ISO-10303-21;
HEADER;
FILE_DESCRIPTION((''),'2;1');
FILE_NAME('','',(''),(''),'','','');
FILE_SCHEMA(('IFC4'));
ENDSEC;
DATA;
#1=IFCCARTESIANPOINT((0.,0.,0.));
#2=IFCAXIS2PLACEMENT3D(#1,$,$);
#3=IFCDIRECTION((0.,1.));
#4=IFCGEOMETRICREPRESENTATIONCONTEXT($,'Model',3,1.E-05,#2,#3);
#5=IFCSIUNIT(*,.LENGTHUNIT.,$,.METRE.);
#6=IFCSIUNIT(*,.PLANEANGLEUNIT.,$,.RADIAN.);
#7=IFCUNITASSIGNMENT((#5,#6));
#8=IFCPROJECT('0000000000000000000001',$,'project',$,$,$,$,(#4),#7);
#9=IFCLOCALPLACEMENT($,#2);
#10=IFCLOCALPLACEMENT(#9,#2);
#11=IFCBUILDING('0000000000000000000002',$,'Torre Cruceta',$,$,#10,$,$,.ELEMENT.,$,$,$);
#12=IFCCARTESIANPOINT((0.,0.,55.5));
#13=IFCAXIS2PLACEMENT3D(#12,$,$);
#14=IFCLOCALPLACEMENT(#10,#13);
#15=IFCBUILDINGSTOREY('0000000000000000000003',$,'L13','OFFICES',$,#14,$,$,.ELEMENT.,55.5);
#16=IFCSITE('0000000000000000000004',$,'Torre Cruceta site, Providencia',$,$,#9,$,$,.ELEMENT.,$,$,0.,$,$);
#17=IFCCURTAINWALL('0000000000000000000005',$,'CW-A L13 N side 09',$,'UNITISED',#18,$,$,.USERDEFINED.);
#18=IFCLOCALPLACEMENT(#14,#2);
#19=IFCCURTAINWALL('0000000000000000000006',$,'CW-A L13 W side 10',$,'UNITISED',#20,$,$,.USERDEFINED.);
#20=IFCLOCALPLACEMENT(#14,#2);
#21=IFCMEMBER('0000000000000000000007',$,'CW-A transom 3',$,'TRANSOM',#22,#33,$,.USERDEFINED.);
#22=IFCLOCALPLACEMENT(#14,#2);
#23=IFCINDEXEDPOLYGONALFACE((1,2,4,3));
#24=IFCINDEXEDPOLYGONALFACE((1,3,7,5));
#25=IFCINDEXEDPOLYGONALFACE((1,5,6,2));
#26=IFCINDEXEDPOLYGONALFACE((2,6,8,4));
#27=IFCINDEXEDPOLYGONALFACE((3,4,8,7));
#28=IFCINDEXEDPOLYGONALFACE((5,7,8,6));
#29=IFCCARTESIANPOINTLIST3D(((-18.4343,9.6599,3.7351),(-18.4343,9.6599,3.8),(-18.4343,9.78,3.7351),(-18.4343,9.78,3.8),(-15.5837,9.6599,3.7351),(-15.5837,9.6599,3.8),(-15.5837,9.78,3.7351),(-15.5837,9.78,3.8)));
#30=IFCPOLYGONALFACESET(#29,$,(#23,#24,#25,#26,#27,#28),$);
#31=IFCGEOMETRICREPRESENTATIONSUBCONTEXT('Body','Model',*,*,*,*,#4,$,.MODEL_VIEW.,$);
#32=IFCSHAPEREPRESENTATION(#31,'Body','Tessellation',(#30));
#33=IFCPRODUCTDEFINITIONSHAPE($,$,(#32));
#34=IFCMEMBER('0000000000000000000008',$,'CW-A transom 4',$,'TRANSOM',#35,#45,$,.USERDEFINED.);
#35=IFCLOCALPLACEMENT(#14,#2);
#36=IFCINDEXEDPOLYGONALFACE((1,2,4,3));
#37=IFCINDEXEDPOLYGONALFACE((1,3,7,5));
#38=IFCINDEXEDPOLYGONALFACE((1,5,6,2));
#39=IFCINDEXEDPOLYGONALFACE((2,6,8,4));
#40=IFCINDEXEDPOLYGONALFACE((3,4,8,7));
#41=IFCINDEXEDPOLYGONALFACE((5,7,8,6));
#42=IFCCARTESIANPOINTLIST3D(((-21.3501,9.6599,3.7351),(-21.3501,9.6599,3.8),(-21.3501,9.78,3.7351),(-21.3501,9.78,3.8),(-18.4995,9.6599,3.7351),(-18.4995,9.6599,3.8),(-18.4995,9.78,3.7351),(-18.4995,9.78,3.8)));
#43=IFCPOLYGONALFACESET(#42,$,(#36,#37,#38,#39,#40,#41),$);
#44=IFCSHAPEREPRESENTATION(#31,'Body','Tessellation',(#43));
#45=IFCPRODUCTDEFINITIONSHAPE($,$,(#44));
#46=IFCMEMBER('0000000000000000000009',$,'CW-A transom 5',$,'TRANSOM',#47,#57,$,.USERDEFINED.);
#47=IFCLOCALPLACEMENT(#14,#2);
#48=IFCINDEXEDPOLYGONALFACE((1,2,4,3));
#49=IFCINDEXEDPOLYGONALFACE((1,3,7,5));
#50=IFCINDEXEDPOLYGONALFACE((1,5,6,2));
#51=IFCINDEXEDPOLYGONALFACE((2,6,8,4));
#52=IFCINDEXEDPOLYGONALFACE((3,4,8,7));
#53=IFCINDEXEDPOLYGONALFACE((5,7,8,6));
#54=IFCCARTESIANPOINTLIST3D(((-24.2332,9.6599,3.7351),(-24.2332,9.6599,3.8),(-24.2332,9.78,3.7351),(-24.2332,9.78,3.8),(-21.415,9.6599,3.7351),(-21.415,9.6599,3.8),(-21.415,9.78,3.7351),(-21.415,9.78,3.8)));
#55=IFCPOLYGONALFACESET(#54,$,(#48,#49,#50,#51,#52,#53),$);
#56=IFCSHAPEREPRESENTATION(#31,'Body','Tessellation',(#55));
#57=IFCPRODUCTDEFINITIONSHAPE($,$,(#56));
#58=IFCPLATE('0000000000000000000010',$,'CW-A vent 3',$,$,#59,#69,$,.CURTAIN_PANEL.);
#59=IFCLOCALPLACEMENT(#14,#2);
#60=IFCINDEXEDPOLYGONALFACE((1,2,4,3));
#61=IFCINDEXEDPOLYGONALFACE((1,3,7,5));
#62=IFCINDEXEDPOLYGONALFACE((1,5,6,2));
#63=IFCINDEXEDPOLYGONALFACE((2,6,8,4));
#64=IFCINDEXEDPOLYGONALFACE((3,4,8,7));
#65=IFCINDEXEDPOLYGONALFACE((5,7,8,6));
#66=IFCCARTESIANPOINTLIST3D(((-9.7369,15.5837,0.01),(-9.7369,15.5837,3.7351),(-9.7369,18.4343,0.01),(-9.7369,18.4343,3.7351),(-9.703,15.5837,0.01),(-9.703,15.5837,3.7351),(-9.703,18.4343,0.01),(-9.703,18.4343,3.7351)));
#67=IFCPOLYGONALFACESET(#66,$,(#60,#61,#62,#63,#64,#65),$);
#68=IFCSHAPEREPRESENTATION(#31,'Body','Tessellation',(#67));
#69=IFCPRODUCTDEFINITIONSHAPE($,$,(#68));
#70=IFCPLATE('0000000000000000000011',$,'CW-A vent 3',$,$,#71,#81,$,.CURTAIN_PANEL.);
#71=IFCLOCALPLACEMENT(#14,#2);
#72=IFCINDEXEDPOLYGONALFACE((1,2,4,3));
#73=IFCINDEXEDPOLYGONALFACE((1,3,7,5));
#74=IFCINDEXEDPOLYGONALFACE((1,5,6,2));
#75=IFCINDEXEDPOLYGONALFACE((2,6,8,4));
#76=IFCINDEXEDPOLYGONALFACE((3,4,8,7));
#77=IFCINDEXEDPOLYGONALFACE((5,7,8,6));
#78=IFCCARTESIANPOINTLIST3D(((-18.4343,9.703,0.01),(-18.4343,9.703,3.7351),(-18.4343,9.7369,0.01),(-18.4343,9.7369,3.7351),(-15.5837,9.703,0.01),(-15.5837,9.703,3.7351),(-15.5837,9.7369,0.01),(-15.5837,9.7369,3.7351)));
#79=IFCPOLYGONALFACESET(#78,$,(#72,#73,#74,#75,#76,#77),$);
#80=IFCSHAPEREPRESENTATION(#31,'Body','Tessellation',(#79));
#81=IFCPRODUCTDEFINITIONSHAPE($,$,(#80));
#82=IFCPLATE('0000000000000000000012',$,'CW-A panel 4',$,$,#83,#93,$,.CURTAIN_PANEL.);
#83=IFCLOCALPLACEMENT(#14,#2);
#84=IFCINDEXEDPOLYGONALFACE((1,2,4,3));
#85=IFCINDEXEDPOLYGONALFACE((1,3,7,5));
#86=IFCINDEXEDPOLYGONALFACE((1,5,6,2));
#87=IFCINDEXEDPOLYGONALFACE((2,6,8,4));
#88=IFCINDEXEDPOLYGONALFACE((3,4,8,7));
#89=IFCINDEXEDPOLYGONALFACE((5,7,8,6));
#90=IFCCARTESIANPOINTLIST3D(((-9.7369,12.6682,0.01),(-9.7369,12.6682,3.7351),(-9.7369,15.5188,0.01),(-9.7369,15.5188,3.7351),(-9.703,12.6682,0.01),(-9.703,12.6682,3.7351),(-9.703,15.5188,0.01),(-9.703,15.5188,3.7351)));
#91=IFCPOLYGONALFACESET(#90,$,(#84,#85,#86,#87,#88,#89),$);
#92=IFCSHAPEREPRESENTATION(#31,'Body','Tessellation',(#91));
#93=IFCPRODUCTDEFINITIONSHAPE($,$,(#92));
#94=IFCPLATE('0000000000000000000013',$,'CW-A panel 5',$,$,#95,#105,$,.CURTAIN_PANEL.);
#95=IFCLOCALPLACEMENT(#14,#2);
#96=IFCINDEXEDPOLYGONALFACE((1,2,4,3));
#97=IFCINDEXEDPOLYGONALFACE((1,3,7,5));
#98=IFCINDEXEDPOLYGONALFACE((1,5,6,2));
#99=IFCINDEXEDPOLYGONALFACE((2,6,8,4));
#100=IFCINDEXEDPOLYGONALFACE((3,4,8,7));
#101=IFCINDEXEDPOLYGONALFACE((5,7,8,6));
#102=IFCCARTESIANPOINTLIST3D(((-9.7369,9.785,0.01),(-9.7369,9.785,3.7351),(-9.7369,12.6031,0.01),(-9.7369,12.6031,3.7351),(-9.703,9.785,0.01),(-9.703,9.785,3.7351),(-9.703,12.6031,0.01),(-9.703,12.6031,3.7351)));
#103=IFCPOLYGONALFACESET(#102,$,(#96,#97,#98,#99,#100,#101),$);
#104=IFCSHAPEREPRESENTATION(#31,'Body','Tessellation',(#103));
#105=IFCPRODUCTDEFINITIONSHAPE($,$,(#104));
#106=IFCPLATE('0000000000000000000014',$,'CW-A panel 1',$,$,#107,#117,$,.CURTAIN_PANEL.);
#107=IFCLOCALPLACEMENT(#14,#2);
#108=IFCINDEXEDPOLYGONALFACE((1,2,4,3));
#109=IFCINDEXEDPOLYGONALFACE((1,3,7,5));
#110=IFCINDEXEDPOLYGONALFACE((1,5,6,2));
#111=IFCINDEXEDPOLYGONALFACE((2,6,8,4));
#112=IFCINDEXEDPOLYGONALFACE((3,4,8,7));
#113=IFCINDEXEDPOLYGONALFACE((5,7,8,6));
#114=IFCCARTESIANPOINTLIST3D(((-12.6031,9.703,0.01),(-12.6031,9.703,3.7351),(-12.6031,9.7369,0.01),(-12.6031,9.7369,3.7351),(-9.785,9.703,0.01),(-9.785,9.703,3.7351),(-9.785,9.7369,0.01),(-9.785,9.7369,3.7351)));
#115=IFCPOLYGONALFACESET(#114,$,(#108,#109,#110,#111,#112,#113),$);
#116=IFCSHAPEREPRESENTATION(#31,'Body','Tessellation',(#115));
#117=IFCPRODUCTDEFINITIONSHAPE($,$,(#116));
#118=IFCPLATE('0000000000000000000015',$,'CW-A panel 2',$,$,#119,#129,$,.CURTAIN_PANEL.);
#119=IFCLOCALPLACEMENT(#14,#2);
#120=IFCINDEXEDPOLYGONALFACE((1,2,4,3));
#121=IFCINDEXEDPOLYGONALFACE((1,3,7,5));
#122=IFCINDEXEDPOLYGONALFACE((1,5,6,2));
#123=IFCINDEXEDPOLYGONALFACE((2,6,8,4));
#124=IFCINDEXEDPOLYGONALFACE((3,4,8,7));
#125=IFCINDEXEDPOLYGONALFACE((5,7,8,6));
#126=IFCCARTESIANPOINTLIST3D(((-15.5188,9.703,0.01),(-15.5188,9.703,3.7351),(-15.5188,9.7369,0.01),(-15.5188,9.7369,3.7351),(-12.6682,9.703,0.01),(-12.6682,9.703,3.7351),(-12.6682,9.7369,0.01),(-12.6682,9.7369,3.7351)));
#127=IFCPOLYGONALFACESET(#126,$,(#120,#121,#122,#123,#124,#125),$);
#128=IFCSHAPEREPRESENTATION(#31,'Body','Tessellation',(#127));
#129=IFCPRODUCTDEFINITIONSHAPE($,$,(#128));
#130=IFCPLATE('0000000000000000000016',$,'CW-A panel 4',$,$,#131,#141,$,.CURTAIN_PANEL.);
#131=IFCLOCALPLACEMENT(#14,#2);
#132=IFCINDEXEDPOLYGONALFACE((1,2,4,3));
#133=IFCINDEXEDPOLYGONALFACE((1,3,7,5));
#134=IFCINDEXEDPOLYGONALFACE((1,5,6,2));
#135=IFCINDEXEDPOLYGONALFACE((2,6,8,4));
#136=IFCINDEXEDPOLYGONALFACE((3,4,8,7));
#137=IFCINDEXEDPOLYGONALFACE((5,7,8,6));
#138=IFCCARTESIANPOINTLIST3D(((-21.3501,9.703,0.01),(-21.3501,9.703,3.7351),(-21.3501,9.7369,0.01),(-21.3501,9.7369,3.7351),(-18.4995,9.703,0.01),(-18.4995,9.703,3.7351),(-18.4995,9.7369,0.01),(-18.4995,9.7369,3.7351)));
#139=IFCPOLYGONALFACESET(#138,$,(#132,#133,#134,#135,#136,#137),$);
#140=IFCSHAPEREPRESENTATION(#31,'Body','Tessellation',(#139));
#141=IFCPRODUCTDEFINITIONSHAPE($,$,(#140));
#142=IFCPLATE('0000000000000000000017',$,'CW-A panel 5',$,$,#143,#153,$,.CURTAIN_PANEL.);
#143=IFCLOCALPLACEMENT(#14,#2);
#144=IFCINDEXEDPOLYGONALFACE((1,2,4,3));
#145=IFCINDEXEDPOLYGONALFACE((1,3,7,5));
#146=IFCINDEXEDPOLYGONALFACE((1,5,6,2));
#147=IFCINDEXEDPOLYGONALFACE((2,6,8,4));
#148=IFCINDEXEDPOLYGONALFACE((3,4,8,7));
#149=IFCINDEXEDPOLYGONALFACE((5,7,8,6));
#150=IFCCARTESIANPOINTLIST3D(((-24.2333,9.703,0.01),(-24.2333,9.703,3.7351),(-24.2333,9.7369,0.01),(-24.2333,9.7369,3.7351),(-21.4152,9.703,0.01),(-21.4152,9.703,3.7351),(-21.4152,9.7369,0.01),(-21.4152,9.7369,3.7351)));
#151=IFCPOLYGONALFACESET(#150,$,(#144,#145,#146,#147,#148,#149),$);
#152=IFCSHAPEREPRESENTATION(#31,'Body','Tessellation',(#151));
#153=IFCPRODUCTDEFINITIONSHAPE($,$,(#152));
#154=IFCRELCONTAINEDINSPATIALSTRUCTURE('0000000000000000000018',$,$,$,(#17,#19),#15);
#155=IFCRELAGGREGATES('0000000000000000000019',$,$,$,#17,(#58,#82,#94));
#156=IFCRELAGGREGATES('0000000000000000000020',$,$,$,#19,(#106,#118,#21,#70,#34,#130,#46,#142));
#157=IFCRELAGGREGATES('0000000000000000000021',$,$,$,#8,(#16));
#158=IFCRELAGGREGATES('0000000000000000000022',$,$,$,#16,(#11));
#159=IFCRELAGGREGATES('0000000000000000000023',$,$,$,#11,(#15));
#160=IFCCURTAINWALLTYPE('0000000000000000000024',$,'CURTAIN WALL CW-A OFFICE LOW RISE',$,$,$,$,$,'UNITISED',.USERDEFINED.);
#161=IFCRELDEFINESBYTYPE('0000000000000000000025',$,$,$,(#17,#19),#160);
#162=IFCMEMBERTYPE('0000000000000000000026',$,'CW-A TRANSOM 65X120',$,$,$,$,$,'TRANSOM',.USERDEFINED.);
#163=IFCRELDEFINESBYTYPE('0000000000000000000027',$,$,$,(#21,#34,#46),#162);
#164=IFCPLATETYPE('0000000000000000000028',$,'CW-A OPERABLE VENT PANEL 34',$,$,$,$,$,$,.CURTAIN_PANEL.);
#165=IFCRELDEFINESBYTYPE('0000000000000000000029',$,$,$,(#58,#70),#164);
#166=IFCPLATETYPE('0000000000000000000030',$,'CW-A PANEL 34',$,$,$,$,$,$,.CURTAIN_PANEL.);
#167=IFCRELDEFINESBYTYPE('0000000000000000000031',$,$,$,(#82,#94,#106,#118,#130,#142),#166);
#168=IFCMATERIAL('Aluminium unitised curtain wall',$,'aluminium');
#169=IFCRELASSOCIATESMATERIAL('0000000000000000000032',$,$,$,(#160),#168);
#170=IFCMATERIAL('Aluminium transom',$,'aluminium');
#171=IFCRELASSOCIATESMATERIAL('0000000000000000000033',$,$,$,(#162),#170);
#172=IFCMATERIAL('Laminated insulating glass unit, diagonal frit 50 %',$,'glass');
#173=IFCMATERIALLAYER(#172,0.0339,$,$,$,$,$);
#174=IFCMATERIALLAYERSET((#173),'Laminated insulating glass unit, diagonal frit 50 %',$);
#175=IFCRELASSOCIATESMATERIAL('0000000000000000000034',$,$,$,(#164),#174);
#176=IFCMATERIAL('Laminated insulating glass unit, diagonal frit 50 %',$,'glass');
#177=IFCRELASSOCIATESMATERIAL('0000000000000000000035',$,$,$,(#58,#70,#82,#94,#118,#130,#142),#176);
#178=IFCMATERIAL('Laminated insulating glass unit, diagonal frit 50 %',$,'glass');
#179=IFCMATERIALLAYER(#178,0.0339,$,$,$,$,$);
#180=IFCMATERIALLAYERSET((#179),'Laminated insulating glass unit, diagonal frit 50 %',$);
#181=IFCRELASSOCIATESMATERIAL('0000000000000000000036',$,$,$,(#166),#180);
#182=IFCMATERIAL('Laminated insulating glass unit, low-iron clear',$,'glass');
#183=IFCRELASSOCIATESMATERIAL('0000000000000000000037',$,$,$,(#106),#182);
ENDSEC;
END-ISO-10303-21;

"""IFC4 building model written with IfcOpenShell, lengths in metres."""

from ifc_helpers import new_model, si_unit, direction, frame, origin, origin_2d, place, context, subcontext, project, spatial, rectangle, extrude, material, layer, layer_set, material_profile, profile_set, type_object, element, aggregate, save


model = new_model("IFC4")

# Units and contexts
model_context = context("Model", 3, precision=1e-05, world=origin(), true_north=direction((0.0, 1.0)))
body_context = subcontext(model_context, "Body", "Model", "MODEL_VIEW")
ifc_project = project(units=[si_unit("LENGTHUNIT", "METRE"), si_unit("PLANEANGLEUNIT", "RADIAN")], contexts=[model_context])

# Site, building, storey
site_placement = place(None, origin())
site = spatial("IfcSite", under=ifc_project, at=site_placement, Name="Torre Cruceta site, Providencia", CompositionType="ELEMENT", RefElevation=0.0)
building_placement = place(site_placement, origin())
building = spatial("IfcBuilding", under=site, at=building_placement, Name="Torre Cruceta", CompositionType="ELEMENT")
storey_placement = place(building_placement, frame((0.0, 0.0, 55.5)))
storey = spatial("IfcBuildingStorey", under=building, at=storey_placement, Name="L13", Description="OFFICES", CompositionType="ELEMENT", Elevation=55.5)

# Curtain walls
ifc_material_1 = material(Name="Aluminium unitised curtain wall", Category="aluminium")
curtain_wall_type = type_object("IfcCurtainWallType", Name="CURTAIN WALL CW-A OFFICE LOW RISE", ElementType="UNITISED", PredefinedType="USERDEFINED", material=ifc_material_1)
curtain_wall_1_placement = place(storey_placement, origin())
curtain_wall_1 = element("IfcCurtainWall", 1, at=curtain_wall_1_placement, inside=storey, type_object=curtain_wall_type, Name="CW-A L13 N side 09", ObjectType="UNITISED", PredefinedType="USERDEFINED")
curtain_wall_2_placement = place(storey_placement, origin())
curtain_wall_2 = element("IfcCurtainWall", 2, at=curtain_wall_2_placement, inside=storey, type_object=curtain_wall_type, Name="CW-A L13 W side 10", ObjectType="UNITISED", PredefinedType="USERDEFINED")

# Members
ifc_material_2 = material(Name="Aluminium transom", Category="aluminium")
ifc_material_profile_1 = material_profile(ifc_material_2, rectangle(XDim=0.1201, YDim=0.0649, at=origin_2d()), Name="AL 120X65")
ifc_profile_set_1 = profile_set([ifc_material_profile_1], Name="Aluminium transom")
member_type_1 = type_object("IfcMemberType", Name="CW-A TRANSOM 65X120", ElementType="TRANSOM", PredefinedType="USERDEFINED", material=ifc_profile_set_1)
member_1_placement = place(storey_placement, frame((-15.5837, 9.72, 3.7676), z_axis=(-1.0, 0.0, 0.0), x_axis=(0.0, -1.0, 0.0)))
member_1 = element("IfcMember", 3, at=member_1_placement, type_object=member_type_1, Name="CW-A transom 3", ObjectType="TRANSOM", PredefinedType="USERDEFINED", context=body_context, shape_type="SweptSolid", body=[
    extrude(rectangle(XDim=0.1201, YDim=0.0649, at=origin_2d()), origin(), (0.0, 0.0, 1.0), 2.8506),
])
member_2_placement = place(storey_placement, frame((-18.4995, 9.72, 3.7676), z_axis=(-1.0, 0.0, 0.0), x_axis=(0.0, -1.0, 0.0)))
member_2 = element("IfcMember", 4, at=member_2_placement, type_object=member_type_1, Name="CW-A transom 4", ObjectType="TRANSOM", PredefinedType="USERDEFINED", context=body_context, shape_type="SweptSolid", body=[
    extrude(rectangle(XDim=0.1201, YDim=0.0649, at=origin_2d()), origin(), (0.0, 0.0, 1.0), 2.8506),
])
member_3_placement = place(storey_placement, frame((-21.415, 9.72, 3.7676), z_axis=(-1.0, 0.0, 0.0), x_axis=(0.0, -1.0, 0.0)))
member_3 = element("IfcMember", 5, at=member_3_placement, type_object=member_type_1, Name="CW-A transom 5", ObjectType="TRANSOM", PredefinedType="USERDEFINED", context=body_context, shape_type="SweptSolid", body=[
    extrude(rectangle(XDim=0.1201, YDim=0.0649, at=origin_2d()), origin(), (0.0, 0.0, 1.0), 2.8181),
])

# Plates
ifc_material_3 = material(Name="Laminated insulating glass unit, diagonal frit 50 %", Category="glass")
ifc_material_4 = material(Name="Laminated insulating glass unit, diagonal frit 50 %", Category="glass")
ifc_layer_1 = layer(ifc_material_4, 0.0339)
ifc_layer_set_1 = layer_set([ifc_layer_1], Name="Laminated insulating glass unit, diagonal frit 50 %")
plate_type_1 = type_object("IfcPlateType", Name="CW-A OPERABLE VENT PANEL 34", PredefinedType="CURTAIN_PANEL", material=ifc_layer_set_1)
plate_1_placement = place(storey_placement, frame((-9.72, 17.009, 0.01), z_axis=(0.0, 0.0, 1.0), x_axis=(0.0, -1.0, 0.0)))
plate_1 = element("IfcPlate", 6, at=plate_1_placement, type_object=plate_type_1, material=ifc_material_3, Name="CW-A vent 3", PredefinedType="CURTAIN_PANEL", context=body_context, shape_type="SweptSolid", body=[
    extrude(rectangle(XDim=2.8506, YDim=0.0339, at=origin_2d()), origin(), (0.0, 0.0, 1.0), 3.7251),
])
plate_2_placement = place(storey_placement, frame((-17.009, 9.72, 0.01), z_axis=(0.0, 0.0, 1.0), x_axis=(-1.0, 0.0, 0.0)))
plate_2 = element("IfcPlate", 7, at=plate_2_placement, type_object=plate_type_1, material=ifc_material_3, Name="CW-A vent 3", PredefinedType="CURTAIN_PANEL", context=body_context, shape_type="SweptSolid", body=[
    extrude(rectangle(XDim=2.8506, YDim=0.0339, at=origin_2d()), origin(), (0.0, 0.0, 1.0), 3.7251),
])
ifc_material_5 = material(Name="Laminated insulating glass unit, diagonal frit 50 %", Category="glass")
ifc_layer_2 = layer(ifc_material_5, 0.0339)
ifc_layer_set_2 = layer_set([ifc_layer_2], Name="Laminated insulating glass unit, diagonal frit 50 %")
plate_type_2 = type_object("IfcPlateType", Name="CW-A PANEL 34", PredefinedType="CURTAIN_PANEL", material=ifc_layer_set_2)
plate_3_placement = place(storey_placement, frame((-9.72, 14.0935, 0.01), z_axis=(0.0, 0.0, 1.0), x_axis=(0.0, -1.0, 0.0)))
plate_3 = element("IfcPlate", 8, at=plate_3_placement, type_object=plate_type_2, material=ifc_material_3, Name="CW-A panel 4", PredefinedType="CURTAIN_PANEL", context=body_context, shape_type="SweptSolid", body=[
    extrude(rectangle(XDim=2.8506, YDim=0.0339, at=origin_2d()), origin(), (0.0, 0.0, 1.0), 3.7251),
])
plate_4_placement = place(storey_placement, frame((-9.72, 11.1941, 0.01), z_axis=(0.0, 0.0, 1.0), x_axis=(0.0, -1.0, 0.0)))
plate_4 = element("IfcPlate", 9, at=plate_4_placement, type_object=plate_type_2, material=ifc_material_3, Name="CW-A panel 5", PredefinedType="CURTAIN_PANEL", context=body_context, shape_type="SweptSolid", body=[
    extrude(rectangle(XDim=2.8181, YDim=0.0339, at=origin_2d()), origin(), (0.0, 0.0, 1.0), 3.7251),
])
aggregate(curtain_wall_1, [plate_1, plate_3, plate_4])
ifc_material_6 = material(Name="Laminated insulating glass unit, low-iron clear", Category="glass")
plate_5_placement = place(storey_placement, frame((-11.1941, 9.72, 0.01), z_axis=(0.0, 0.0, 1.0), x_axis=(-1.0, 0.0, 0.0)))
plate_5 = element("IfcPlate", 10, at=plate_5_placement, type_object=plate_type_2, material=ifc_material_6, Name="CW-A panel 1", PredefinedType="CURTAIN_PANEL", context=body_context, shape_type="SweptSolid", body=[
    extrude(rectangle(XDim=2.8181, YDim=0.0339, at=origin_2d()), origin(), (0.0, 0.0, 1.0), 3.7251),
])
plate_6_placement = place(storey_placement, frame((-14.0935, 9.72, 0.01), z_axis=(0.0, 0.0, 1.0), x_axis=(-1.0, 0.0, 0.0)))
plate_6 = element("IfcPlate", 11, at=plate_6_placement, type_object=plate_type_2, material=ifc_material_3, Name="CW-A panel 2", PredefinedType="CURTAIN_PANEL", context=body_context, shape_type="SweptSolid", body=[
    extrude(rectangle(XDim=2.8506, YDim=0.0339, at=origin_2d()), origin(), (0.0, 0.0, 1.0), 3.7251),
])
plate_7_placement = place(storey_placement, frame((-19.9248, 9.72, 0.01), z_axis=(0.0, 0.0, 1.0), x_axis=(-1.0, 0.0, 0.0)))
plate_7 = element("IfcPlate", 12, at=plate_7_placement, type_object=plate_type_2, material=ifc_material_3, Name="CW-A panel 4", PredefinedType="CURTAIN_PANEL", context=body_context, shape_type="SweptSolid", body=[
    extrude(rectangle(XDim=2.8506, YDim=0.0339, at=origin_2d()), origin(), (0.0, 0.0, 1.0), 3.7251),
])
plate_8_placement = place(storey_placement, frame((-22.8242, 9.72, 0.01), z_axis=(0.0, 0.0, 1.0), x_axis=(-1.0, 0.0, 0.0)))
plate_8 = element("IfcPlate", 13, at=plate_8_placement, type_object=plate_type_2, material=ifc_material_3, Name="CW-A panel 5", PredefinedType="CURTAIN_PANEL", context=body_context, shape_type="SweptSolid", body=[
    extrude(rectangle(XDim=2.8181, YDim=0.0339, at=origin_2d()), origin(), (0.0, 0.0, 1.0), 3.7251),
])
aggregate(curtain_wall_2, [plate_5, plate_6, member_1, plate_2, member_2, plate_7, member_3, plate_8])

save(model, "model.ifc")
